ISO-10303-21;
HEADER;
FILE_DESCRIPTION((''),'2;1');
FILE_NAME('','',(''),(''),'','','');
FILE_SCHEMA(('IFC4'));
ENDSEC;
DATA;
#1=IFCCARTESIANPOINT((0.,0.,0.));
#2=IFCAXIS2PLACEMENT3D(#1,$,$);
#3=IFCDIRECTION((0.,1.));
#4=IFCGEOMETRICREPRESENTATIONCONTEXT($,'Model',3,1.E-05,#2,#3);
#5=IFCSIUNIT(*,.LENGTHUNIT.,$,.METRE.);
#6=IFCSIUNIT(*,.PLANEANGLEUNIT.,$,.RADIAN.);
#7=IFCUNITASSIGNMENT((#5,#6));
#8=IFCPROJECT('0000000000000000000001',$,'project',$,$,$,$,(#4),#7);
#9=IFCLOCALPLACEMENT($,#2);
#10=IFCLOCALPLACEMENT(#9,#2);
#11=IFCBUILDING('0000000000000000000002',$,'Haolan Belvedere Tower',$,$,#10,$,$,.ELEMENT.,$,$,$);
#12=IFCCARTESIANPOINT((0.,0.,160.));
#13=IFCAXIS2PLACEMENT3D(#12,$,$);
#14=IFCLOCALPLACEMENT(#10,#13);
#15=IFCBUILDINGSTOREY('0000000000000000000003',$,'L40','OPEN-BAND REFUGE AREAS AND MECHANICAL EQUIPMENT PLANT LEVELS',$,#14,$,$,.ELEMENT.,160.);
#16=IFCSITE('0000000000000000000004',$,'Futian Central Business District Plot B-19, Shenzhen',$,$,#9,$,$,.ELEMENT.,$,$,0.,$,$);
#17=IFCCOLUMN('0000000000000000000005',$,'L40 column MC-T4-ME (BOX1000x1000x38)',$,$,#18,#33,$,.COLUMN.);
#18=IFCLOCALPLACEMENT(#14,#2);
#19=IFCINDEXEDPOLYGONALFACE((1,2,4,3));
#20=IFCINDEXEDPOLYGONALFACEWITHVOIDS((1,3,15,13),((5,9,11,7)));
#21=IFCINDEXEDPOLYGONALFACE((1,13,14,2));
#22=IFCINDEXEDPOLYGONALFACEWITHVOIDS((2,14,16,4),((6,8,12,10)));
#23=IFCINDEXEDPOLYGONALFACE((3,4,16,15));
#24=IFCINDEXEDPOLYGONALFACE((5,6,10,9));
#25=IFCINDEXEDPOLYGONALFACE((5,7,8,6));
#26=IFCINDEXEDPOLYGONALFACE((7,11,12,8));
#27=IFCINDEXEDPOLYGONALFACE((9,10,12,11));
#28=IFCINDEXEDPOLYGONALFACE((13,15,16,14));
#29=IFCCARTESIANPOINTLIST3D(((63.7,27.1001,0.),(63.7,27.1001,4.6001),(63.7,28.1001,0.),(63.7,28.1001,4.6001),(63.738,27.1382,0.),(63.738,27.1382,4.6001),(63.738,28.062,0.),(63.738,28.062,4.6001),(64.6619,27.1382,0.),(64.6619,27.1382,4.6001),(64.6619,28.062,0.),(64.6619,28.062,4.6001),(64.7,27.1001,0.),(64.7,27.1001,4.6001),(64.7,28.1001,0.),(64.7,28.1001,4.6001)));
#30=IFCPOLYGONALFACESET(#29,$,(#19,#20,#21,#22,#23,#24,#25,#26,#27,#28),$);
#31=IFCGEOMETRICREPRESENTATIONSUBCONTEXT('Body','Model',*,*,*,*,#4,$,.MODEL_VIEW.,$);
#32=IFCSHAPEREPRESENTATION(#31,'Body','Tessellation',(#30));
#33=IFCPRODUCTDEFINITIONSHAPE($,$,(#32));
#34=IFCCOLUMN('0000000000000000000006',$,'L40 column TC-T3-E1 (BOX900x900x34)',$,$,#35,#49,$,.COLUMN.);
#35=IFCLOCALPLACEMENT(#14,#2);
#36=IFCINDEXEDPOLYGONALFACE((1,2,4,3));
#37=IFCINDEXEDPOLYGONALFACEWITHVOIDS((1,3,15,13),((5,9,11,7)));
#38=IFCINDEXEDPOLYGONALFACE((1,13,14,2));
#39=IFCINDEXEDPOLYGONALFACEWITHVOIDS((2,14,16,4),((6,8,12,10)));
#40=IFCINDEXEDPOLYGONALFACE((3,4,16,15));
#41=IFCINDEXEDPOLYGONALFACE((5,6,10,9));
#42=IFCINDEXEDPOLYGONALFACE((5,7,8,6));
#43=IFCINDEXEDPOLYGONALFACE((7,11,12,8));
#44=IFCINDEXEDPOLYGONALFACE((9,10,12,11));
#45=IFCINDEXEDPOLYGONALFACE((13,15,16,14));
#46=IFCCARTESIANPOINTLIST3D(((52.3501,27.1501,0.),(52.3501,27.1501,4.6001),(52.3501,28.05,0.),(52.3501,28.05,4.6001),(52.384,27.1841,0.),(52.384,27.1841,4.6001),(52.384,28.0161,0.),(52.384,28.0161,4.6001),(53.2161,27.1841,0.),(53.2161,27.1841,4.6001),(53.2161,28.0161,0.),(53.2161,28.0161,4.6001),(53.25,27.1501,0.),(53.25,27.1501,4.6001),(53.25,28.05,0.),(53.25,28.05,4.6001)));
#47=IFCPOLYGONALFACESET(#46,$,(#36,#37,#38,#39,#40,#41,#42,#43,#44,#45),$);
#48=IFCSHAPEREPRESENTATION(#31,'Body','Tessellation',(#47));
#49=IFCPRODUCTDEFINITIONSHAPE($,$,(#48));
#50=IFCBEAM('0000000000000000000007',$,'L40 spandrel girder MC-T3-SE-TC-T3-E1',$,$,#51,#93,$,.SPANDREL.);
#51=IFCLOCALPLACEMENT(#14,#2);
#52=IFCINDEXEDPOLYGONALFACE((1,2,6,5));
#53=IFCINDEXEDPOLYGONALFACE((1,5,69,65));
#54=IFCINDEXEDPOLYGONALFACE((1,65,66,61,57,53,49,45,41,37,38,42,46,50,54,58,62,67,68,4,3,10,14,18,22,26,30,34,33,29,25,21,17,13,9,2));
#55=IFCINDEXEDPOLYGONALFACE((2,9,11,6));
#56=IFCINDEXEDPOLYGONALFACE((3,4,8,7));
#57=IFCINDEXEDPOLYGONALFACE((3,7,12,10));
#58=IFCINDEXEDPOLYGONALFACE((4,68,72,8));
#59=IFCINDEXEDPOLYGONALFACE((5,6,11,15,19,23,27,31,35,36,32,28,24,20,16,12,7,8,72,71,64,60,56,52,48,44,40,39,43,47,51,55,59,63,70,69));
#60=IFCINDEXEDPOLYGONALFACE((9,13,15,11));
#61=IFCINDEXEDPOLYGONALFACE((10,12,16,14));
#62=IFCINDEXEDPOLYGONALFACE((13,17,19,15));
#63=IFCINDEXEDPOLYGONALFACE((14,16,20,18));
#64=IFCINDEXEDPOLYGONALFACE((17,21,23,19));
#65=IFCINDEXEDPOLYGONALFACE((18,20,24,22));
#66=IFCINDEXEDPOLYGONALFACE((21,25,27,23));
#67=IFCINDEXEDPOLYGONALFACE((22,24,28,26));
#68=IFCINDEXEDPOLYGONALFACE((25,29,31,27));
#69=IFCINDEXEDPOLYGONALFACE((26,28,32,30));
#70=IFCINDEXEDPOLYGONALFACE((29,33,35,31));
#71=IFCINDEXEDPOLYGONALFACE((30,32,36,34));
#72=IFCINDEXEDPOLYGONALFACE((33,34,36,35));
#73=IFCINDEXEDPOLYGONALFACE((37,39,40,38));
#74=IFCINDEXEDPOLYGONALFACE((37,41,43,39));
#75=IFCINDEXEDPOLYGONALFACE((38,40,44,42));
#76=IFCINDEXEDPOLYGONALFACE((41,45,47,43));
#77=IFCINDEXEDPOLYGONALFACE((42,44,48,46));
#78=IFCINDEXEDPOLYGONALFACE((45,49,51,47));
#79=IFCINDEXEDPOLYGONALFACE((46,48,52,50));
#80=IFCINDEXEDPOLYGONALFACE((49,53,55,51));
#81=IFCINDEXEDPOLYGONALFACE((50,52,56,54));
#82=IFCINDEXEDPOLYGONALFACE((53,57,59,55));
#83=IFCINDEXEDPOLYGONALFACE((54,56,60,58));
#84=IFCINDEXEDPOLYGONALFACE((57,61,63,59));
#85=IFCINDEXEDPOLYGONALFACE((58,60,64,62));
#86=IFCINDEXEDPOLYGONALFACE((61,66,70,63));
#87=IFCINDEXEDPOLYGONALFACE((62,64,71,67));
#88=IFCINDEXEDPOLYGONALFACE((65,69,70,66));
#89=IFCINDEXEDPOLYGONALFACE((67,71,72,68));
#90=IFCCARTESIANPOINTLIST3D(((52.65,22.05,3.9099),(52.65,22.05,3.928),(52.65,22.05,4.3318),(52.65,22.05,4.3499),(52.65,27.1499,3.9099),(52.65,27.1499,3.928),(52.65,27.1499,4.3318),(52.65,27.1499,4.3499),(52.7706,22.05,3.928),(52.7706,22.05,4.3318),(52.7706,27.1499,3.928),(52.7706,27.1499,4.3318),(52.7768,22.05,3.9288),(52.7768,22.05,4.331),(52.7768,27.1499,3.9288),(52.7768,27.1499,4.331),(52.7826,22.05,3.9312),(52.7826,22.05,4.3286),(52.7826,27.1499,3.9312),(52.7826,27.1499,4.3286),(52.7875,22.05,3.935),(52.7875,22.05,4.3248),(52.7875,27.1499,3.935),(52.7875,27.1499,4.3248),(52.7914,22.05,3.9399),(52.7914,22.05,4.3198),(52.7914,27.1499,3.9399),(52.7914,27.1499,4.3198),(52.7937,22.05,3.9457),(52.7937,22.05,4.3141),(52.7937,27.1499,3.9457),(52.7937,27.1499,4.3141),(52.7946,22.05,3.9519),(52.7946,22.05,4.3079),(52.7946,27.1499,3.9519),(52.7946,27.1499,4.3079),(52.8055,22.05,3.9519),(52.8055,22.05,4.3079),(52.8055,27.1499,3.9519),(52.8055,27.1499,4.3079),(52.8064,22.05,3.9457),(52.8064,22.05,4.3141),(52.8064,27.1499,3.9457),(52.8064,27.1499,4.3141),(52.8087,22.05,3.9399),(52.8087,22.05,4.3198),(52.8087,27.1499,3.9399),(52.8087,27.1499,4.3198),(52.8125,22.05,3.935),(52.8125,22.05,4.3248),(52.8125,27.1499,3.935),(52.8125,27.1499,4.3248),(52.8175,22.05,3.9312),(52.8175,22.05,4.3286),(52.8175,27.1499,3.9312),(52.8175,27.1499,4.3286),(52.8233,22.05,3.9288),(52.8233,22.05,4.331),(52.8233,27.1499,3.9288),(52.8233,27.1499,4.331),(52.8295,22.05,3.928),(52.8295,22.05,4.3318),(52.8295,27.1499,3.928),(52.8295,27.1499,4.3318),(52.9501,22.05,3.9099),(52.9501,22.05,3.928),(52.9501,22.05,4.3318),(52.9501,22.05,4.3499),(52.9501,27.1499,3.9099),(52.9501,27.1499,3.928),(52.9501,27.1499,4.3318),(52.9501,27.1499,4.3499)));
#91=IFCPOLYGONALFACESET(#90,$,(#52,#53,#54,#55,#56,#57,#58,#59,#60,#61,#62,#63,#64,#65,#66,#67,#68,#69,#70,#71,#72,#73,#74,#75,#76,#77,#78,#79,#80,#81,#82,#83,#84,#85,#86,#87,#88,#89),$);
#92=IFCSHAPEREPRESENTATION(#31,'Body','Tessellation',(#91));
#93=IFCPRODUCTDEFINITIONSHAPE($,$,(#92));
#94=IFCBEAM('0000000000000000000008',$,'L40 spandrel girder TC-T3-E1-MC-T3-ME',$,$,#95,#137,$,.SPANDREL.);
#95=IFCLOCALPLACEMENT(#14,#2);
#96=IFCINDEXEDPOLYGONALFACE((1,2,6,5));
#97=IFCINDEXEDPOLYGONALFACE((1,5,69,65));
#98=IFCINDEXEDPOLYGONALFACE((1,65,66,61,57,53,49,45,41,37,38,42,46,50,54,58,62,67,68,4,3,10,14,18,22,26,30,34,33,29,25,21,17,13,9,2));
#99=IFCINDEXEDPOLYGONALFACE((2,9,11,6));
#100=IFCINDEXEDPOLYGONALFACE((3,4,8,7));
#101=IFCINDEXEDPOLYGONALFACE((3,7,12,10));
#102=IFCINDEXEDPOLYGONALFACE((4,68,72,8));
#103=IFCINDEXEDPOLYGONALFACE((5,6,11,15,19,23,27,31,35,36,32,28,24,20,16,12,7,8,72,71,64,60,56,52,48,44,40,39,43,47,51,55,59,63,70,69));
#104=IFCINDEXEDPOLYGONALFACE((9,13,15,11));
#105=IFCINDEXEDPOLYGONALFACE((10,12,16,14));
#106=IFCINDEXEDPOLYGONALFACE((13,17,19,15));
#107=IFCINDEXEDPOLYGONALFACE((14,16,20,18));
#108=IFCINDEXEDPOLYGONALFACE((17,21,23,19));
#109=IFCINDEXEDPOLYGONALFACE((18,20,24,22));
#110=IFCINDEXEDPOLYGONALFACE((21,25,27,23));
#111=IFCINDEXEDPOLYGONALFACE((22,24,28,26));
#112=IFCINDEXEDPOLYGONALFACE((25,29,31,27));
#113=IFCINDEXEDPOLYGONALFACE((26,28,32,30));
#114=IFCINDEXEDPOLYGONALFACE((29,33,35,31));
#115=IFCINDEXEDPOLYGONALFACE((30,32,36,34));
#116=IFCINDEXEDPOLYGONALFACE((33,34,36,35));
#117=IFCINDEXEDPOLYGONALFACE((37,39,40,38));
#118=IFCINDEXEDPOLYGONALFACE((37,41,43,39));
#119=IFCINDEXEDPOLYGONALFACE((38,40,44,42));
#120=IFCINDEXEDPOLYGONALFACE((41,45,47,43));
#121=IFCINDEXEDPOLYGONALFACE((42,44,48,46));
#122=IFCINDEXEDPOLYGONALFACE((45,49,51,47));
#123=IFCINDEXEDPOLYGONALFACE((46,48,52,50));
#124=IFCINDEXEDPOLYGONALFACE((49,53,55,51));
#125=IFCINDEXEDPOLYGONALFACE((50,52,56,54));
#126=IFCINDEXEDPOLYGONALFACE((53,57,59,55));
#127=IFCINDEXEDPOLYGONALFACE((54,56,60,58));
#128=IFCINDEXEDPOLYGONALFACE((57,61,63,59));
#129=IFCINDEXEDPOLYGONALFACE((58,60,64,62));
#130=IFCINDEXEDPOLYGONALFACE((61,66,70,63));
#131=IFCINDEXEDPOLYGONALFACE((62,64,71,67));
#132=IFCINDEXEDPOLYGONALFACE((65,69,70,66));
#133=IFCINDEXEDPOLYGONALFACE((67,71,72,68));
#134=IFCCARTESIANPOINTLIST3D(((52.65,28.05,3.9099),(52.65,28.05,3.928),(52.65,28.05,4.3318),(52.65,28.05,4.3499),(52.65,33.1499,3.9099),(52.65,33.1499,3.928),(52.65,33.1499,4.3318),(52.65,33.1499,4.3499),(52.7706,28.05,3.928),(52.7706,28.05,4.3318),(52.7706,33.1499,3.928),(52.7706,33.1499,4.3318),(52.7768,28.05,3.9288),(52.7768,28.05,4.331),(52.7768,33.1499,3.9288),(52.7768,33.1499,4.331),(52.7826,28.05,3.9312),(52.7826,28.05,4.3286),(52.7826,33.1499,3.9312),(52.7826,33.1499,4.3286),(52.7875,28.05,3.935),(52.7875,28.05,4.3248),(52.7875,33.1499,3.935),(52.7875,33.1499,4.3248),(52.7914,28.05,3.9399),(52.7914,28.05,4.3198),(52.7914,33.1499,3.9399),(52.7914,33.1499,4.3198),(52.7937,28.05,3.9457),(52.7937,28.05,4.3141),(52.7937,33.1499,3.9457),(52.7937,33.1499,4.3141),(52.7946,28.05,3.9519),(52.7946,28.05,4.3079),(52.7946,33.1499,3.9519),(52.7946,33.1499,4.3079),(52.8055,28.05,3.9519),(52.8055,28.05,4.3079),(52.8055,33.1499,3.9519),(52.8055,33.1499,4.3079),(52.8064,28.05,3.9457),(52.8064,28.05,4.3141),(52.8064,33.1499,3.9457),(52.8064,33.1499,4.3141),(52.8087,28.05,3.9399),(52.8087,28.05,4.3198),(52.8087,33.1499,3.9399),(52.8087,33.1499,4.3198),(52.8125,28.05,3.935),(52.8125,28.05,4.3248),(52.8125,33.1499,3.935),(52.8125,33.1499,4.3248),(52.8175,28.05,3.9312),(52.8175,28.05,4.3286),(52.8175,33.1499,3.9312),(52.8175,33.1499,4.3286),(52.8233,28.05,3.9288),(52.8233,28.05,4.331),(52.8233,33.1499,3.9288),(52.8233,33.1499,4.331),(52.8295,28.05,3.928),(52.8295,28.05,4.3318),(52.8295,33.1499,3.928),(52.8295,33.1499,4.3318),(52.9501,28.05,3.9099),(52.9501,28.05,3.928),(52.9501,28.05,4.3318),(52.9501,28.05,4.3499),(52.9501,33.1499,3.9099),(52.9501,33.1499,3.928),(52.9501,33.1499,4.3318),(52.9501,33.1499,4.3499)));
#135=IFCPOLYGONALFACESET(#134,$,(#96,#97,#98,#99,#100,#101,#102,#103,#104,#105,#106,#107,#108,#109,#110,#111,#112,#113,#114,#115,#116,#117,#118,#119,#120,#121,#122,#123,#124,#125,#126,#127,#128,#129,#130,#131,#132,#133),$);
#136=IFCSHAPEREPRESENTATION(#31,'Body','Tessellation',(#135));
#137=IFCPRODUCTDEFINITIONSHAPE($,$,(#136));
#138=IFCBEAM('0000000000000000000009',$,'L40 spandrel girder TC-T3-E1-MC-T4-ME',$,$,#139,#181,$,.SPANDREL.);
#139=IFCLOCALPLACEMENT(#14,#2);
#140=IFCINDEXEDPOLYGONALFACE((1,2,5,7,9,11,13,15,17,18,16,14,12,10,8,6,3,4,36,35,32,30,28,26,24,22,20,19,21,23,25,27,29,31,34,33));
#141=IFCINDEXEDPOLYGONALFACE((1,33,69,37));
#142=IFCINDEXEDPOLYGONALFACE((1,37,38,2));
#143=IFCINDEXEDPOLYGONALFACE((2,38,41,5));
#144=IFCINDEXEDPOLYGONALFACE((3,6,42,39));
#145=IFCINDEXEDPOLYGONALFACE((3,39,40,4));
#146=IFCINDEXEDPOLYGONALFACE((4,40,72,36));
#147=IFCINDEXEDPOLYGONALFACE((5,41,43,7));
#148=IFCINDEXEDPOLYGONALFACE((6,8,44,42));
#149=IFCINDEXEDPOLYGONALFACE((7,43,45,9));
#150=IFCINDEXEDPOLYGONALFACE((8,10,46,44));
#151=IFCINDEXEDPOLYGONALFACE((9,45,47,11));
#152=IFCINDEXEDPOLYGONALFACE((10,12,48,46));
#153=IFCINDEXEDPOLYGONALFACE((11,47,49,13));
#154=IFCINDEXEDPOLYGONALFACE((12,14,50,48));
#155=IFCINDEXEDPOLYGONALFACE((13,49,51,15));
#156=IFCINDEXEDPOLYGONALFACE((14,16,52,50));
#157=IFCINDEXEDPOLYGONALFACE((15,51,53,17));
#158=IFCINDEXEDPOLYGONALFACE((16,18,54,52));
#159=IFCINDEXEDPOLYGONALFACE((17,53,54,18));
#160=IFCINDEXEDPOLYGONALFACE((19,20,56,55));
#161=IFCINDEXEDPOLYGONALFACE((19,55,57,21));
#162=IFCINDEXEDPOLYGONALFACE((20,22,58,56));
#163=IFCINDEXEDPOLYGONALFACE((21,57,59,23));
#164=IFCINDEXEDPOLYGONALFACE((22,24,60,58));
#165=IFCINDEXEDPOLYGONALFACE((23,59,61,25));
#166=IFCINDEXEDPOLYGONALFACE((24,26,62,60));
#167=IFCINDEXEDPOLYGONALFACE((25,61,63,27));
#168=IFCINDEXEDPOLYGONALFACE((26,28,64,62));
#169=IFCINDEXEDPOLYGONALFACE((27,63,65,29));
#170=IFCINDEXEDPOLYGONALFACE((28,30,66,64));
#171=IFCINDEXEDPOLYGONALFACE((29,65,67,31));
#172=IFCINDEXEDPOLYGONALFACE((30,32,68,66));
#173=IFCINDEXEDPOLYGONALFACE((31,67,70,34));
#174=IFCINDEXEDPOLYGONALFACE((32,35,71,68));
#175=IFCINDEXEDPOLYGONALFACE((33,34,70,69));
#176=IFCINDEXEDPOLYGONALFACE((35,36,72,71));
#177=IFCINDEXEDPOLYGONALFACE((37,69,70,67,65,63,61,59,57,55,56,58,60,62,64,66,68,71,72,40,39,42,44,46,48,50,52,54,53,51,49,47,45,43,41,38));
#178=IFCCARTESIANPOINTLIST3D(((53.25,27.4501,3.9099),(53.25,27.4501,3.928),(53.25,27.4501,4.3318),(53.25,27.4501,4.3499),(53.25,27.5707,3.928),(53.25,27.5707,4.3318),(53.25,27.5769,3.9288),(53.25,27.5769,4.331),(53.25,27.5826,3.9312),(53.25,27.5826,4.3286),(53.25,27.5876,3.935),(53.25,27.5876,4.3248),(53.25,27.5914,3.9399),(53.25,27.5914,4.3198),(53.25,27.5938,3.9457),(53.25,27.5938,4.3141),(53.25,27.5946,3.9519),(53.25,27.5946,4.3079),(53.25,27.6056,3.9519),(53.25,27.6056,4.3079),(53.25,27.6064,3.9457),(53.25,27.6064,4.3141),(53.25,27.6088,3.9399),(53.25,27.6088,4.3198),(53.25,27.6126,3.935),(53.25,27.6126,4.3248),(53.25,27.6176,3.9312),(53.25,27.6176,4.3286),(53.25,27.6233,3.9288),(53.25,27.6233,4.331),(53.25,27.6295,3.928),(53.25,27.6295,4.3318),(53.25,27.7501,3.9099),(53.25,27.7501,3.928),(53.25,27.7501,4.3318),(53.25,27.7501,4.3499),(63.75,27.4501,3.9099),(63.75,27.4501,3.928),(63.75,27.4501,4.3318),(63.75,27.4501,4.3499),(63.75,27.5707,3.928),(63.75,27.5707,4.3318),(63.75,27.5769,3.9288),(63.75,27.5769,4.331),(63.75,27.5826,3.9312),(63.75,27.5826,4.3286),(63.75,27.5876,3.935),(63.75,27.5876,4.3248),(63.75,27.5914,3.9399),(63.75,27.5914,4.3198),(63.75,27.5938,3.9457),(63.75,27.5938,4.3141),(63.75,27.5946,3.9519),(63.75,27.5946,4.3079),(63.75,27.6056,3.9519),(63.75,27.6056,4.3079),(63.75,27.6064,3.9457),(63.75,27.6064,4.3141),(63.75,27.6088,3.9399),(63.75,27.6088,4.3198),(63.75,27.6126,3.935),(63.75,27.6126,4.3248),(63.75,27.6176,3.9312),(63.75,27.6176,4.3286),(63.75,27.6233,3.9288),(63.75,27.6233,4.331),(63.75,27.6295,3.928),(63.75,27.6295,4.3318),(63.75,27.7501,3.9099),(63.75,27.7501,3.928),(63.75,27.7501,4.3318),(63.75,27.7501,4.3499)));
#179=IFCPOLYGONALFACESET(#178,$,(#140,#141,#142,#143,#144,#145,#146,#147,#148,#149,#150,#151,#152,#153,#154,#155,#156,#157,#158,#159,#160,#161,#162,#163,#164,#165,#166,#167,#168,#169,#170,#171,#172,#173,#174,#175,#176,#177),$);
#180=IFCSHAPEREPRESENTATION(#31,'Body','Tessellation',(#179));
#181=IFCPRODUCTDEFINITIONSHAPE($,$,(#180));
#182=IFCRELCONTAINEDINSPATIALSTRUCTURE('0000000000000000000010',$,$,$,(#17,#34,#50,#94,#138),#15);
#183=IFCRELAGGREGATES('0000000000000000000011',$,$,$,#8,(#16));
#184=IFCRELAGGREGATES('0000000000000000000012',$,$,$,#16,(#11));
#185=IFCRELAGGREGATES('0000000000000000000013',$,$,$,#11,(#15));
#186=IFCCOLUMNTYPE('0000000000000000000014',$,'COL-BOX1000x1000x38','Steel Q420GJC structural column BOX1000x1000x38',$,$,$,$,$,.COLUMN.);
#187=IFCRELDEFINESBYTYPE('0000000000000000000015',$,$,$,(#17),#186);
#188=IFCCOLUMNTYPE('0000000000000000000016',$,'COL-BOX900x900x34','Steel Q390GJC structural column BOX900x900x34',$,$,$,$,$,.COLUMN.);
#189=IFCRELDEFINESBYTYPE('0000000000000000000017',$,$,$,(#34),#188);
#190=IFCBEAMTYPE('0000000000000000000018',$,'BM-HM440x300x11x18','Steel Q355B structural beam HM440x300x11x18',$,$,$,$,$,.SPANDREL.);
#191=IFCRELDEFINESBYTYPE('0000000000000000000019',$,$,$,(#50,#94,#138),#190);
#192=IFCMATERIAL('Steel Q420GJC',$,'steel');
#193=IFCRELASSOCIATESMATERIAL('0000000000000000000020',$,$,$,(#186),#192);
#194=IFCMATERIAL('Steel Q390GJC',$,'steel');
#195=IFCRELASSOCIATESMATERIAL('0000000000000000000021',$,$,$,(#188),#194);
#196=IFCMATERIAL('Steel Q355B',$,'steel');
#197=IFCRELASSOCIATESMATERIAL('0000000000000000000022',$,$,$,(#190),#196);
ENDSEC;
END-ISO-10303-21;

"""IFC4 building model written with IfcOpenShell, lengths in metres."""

from ifc_helpers import new_model, si_unit, direction, frame, origin, origin_2d, place, context, subcontext, project, spatial, hollow_rectangle, i_section, extrude, material, material_profile, profile_set, type_object, element, save


model = new_model("IFC4")

# Units and contexts
model_context = context("Model", 3, precision=1e-05, world=origin(), true_north=direction((0.0, 1.0)))
body_context = subcontext(model_context, "Body", "Model", "MODEL_VIEW")
ifc_project = project(units=[si_unit("LENGTHUNIT", "METRE"), si_unit("PLANEANGLEUNIT", "RADIAN")], contexts=[model_context])

# Site, building, storey
site_placement = place(None, origin())
site = spatial("IfcSite", under=ifc_project, at=site_placement, Name="Futian Central Business District Plot B-19, Shenzhen", CompositionType="ELEMENT", RefElevation=0.0)
building_placement = place(site_placement, origin())
building = spatial("IfcBuilding", under=site, at=building_placement, Name="Haolan Belvedere Tower", CompositionType="ELEMENT")
storey_placement = place(building_placement, frame((0.0, 0.0, 160.0)))
storey = spatial("IfcBuildingStorey", under=building, at=storey_placement, Name="L40", Description="OPEN-BAND REFUGE AREAS AND MECHANICAL EQUIPMENT PLANT LEVELS", CompositionType="ELEMENT", Elevation=160.0)

# Columns
ifc_material_1 = material(Name="Steel Q420GJC", Category="steel")
ifc_material_profile_1 = material_profile(ifc_material_1, hollow_rectangle(XDim=1.0, YDim=1.0, WallThickness=0.0381, at=origin_2d()), Name="Steel Q420GJC")
ifc_profile_set_1 = profile_set([ifc_material_profile_1], Name="Steel Q420GJC")
column_type_1 = type_object("IfcColumnType", Name="COL-BOX1000x1000x38", Description="Steel Q420GJC structural column BOX1000x1000x38", PredefinedType="COLUMN", material=ifc_profile_set_1)
column_1_placement = place(storey_placement, frame((64.2, 27.6001, 0.0), z_axis=(0.0, 0.0, 1.0), x_axis=(1.0, 0.0, 0.0)))
element("IfcColumn", 1, at=column_1_placement, inside=storey, type_object=column_type_1, Name="L40 column MC-T4-ME (BOX1000x1000x38)", PredefinedType="COLUMN", context=body_context, shape_type="SweptSolid", body=[
    extrude(hollow_rectangle(XDim=1.0, YDim=1.0, WallThickness=0.0381, at=origin_2d()), origin(), (0.0, 0.0, 1.0), 4.6001),
])
ifc_material_2 = material(Name="Steel Q390GJC", Category="steel")
ifc_material_profile_2 = material_profile(ifc_material_2, hollow_rectangle(XDim=0.8999, YDim=0.8999, WallThickness=0.0339, at=origin_2d()), Name="Steel Q390GJC")
ifc_profile_set_2 = profile_set([ifc_material_profile_2], Name="Steel Q390GJC")
column_type_2 = type_object("IfcColumnType", Name="COL-BOX900x900x34", Description="Steel Q390GJC structural column BOX900x900x34", PredefinedType="COLUMN", material=ifc_profile_set_2)
column_2_placement = place(storey_placement, frame((52.8, 27.6001, 0.0), z_axis=(0.0, 0.0, 1.0), x_axis=(1.0, 0.0, 0.0)))
element("IfcColumn", 2, at=column_2_placement, inside=storey, type_object=column_type_2, Name="L40 column TC-T3-E1 (BOX900x900x34)", PredefinedType="COLUMN", context=body_context, shape_type="SweptSolid", body=[
    extrude(hollow_rectangle(XDim=0.8999, YDim=0.8999, WallThickness=0.0339, at=origin_2d()), origin(), (0.0, 0.0, 1.0), 4.6001),
])

# Beams
ifc_material_3 = material(Name="Steel Q355B", Category="steel")
ifc_material_profile_3 = material_profile(ifc_material_3, i_section(OverallWidth=0.3, OverallDepth=0.4399, WebThickness=0.011, FlangeThickness=0.0181, FilletRadius=0.0239, at=origin_2d()), Name="Steel Q355B")
ifc_profile_set_3 = profile_set([ifc_material_profile_3], Name="Steel Q355B")
beam_type_1 = type_object("IfcBeamType", Name="BM-HM440x300x11x18", Description="Steel Q355B structural beam HM440x300x11x18", PredefinedType="SPANDREL", material=ifc_profile_set_3)
for number, where, z_axis, x_axis, name in (
    (3, (52.8, 22.05, 4.1299), (0.0, 1.0, 0.0), (-1.0, 0.0, 0.0), "L40 spandrel girder MC-T3-SE-TC-T3-E1"),
    (4, (52.8, 28.05, 4.1299), (0.0, 1.0, 0.0), (-1.0, 0.0, 0.0), "L40 spandrel girder TC-T3-E1-MC-T3-ME"),
):
    element("IfcBeam", number, at=place(storey_placement, frame(where, z_axis=z_axis, x_axis=x_axis)), inside=storey, type_object=beam_type_1, Name=name, PredefinedType="SPANDREL", context=body_context, shape_type="SweptSolid", body=[
        extrude(i_section(OverallWidth=0.3, OverallDepth=0.4399, WebThickness=0.011, FlangeThickness=0.0181, FilletRadius=0.0239, at=origin_2d()), origin(), (0.0, 0.0, 1.0), 5.0999),
    ])
beam_1_placement = place(storey_placement, frame((53.25, 27.6001, 4.1299), z_axis=(1.0, 0.0, 0.0), x_axis=(0.0, 1.0, 0.0)))
element("IfcBeam", 5, at=beam_1_placement, inside=storey, type_object=beam_type_1, Name="L40 spandrel girder TC-T3-E1-MC-T4-ME", PredefinedType="SPANDREL", context=body_context, shape_type="SweptSolid", body=[
    extrude(i_section(OverallWidth=0.3, OverallDepth=0.4399, WebThickness=0.011, FlangeThickness=0.0181, FilletRadius=0.0239, at=origin_2d()), origin(), (0.0, 0.0, 1.0), 10.5),
])

save(model, "model.ifc")
